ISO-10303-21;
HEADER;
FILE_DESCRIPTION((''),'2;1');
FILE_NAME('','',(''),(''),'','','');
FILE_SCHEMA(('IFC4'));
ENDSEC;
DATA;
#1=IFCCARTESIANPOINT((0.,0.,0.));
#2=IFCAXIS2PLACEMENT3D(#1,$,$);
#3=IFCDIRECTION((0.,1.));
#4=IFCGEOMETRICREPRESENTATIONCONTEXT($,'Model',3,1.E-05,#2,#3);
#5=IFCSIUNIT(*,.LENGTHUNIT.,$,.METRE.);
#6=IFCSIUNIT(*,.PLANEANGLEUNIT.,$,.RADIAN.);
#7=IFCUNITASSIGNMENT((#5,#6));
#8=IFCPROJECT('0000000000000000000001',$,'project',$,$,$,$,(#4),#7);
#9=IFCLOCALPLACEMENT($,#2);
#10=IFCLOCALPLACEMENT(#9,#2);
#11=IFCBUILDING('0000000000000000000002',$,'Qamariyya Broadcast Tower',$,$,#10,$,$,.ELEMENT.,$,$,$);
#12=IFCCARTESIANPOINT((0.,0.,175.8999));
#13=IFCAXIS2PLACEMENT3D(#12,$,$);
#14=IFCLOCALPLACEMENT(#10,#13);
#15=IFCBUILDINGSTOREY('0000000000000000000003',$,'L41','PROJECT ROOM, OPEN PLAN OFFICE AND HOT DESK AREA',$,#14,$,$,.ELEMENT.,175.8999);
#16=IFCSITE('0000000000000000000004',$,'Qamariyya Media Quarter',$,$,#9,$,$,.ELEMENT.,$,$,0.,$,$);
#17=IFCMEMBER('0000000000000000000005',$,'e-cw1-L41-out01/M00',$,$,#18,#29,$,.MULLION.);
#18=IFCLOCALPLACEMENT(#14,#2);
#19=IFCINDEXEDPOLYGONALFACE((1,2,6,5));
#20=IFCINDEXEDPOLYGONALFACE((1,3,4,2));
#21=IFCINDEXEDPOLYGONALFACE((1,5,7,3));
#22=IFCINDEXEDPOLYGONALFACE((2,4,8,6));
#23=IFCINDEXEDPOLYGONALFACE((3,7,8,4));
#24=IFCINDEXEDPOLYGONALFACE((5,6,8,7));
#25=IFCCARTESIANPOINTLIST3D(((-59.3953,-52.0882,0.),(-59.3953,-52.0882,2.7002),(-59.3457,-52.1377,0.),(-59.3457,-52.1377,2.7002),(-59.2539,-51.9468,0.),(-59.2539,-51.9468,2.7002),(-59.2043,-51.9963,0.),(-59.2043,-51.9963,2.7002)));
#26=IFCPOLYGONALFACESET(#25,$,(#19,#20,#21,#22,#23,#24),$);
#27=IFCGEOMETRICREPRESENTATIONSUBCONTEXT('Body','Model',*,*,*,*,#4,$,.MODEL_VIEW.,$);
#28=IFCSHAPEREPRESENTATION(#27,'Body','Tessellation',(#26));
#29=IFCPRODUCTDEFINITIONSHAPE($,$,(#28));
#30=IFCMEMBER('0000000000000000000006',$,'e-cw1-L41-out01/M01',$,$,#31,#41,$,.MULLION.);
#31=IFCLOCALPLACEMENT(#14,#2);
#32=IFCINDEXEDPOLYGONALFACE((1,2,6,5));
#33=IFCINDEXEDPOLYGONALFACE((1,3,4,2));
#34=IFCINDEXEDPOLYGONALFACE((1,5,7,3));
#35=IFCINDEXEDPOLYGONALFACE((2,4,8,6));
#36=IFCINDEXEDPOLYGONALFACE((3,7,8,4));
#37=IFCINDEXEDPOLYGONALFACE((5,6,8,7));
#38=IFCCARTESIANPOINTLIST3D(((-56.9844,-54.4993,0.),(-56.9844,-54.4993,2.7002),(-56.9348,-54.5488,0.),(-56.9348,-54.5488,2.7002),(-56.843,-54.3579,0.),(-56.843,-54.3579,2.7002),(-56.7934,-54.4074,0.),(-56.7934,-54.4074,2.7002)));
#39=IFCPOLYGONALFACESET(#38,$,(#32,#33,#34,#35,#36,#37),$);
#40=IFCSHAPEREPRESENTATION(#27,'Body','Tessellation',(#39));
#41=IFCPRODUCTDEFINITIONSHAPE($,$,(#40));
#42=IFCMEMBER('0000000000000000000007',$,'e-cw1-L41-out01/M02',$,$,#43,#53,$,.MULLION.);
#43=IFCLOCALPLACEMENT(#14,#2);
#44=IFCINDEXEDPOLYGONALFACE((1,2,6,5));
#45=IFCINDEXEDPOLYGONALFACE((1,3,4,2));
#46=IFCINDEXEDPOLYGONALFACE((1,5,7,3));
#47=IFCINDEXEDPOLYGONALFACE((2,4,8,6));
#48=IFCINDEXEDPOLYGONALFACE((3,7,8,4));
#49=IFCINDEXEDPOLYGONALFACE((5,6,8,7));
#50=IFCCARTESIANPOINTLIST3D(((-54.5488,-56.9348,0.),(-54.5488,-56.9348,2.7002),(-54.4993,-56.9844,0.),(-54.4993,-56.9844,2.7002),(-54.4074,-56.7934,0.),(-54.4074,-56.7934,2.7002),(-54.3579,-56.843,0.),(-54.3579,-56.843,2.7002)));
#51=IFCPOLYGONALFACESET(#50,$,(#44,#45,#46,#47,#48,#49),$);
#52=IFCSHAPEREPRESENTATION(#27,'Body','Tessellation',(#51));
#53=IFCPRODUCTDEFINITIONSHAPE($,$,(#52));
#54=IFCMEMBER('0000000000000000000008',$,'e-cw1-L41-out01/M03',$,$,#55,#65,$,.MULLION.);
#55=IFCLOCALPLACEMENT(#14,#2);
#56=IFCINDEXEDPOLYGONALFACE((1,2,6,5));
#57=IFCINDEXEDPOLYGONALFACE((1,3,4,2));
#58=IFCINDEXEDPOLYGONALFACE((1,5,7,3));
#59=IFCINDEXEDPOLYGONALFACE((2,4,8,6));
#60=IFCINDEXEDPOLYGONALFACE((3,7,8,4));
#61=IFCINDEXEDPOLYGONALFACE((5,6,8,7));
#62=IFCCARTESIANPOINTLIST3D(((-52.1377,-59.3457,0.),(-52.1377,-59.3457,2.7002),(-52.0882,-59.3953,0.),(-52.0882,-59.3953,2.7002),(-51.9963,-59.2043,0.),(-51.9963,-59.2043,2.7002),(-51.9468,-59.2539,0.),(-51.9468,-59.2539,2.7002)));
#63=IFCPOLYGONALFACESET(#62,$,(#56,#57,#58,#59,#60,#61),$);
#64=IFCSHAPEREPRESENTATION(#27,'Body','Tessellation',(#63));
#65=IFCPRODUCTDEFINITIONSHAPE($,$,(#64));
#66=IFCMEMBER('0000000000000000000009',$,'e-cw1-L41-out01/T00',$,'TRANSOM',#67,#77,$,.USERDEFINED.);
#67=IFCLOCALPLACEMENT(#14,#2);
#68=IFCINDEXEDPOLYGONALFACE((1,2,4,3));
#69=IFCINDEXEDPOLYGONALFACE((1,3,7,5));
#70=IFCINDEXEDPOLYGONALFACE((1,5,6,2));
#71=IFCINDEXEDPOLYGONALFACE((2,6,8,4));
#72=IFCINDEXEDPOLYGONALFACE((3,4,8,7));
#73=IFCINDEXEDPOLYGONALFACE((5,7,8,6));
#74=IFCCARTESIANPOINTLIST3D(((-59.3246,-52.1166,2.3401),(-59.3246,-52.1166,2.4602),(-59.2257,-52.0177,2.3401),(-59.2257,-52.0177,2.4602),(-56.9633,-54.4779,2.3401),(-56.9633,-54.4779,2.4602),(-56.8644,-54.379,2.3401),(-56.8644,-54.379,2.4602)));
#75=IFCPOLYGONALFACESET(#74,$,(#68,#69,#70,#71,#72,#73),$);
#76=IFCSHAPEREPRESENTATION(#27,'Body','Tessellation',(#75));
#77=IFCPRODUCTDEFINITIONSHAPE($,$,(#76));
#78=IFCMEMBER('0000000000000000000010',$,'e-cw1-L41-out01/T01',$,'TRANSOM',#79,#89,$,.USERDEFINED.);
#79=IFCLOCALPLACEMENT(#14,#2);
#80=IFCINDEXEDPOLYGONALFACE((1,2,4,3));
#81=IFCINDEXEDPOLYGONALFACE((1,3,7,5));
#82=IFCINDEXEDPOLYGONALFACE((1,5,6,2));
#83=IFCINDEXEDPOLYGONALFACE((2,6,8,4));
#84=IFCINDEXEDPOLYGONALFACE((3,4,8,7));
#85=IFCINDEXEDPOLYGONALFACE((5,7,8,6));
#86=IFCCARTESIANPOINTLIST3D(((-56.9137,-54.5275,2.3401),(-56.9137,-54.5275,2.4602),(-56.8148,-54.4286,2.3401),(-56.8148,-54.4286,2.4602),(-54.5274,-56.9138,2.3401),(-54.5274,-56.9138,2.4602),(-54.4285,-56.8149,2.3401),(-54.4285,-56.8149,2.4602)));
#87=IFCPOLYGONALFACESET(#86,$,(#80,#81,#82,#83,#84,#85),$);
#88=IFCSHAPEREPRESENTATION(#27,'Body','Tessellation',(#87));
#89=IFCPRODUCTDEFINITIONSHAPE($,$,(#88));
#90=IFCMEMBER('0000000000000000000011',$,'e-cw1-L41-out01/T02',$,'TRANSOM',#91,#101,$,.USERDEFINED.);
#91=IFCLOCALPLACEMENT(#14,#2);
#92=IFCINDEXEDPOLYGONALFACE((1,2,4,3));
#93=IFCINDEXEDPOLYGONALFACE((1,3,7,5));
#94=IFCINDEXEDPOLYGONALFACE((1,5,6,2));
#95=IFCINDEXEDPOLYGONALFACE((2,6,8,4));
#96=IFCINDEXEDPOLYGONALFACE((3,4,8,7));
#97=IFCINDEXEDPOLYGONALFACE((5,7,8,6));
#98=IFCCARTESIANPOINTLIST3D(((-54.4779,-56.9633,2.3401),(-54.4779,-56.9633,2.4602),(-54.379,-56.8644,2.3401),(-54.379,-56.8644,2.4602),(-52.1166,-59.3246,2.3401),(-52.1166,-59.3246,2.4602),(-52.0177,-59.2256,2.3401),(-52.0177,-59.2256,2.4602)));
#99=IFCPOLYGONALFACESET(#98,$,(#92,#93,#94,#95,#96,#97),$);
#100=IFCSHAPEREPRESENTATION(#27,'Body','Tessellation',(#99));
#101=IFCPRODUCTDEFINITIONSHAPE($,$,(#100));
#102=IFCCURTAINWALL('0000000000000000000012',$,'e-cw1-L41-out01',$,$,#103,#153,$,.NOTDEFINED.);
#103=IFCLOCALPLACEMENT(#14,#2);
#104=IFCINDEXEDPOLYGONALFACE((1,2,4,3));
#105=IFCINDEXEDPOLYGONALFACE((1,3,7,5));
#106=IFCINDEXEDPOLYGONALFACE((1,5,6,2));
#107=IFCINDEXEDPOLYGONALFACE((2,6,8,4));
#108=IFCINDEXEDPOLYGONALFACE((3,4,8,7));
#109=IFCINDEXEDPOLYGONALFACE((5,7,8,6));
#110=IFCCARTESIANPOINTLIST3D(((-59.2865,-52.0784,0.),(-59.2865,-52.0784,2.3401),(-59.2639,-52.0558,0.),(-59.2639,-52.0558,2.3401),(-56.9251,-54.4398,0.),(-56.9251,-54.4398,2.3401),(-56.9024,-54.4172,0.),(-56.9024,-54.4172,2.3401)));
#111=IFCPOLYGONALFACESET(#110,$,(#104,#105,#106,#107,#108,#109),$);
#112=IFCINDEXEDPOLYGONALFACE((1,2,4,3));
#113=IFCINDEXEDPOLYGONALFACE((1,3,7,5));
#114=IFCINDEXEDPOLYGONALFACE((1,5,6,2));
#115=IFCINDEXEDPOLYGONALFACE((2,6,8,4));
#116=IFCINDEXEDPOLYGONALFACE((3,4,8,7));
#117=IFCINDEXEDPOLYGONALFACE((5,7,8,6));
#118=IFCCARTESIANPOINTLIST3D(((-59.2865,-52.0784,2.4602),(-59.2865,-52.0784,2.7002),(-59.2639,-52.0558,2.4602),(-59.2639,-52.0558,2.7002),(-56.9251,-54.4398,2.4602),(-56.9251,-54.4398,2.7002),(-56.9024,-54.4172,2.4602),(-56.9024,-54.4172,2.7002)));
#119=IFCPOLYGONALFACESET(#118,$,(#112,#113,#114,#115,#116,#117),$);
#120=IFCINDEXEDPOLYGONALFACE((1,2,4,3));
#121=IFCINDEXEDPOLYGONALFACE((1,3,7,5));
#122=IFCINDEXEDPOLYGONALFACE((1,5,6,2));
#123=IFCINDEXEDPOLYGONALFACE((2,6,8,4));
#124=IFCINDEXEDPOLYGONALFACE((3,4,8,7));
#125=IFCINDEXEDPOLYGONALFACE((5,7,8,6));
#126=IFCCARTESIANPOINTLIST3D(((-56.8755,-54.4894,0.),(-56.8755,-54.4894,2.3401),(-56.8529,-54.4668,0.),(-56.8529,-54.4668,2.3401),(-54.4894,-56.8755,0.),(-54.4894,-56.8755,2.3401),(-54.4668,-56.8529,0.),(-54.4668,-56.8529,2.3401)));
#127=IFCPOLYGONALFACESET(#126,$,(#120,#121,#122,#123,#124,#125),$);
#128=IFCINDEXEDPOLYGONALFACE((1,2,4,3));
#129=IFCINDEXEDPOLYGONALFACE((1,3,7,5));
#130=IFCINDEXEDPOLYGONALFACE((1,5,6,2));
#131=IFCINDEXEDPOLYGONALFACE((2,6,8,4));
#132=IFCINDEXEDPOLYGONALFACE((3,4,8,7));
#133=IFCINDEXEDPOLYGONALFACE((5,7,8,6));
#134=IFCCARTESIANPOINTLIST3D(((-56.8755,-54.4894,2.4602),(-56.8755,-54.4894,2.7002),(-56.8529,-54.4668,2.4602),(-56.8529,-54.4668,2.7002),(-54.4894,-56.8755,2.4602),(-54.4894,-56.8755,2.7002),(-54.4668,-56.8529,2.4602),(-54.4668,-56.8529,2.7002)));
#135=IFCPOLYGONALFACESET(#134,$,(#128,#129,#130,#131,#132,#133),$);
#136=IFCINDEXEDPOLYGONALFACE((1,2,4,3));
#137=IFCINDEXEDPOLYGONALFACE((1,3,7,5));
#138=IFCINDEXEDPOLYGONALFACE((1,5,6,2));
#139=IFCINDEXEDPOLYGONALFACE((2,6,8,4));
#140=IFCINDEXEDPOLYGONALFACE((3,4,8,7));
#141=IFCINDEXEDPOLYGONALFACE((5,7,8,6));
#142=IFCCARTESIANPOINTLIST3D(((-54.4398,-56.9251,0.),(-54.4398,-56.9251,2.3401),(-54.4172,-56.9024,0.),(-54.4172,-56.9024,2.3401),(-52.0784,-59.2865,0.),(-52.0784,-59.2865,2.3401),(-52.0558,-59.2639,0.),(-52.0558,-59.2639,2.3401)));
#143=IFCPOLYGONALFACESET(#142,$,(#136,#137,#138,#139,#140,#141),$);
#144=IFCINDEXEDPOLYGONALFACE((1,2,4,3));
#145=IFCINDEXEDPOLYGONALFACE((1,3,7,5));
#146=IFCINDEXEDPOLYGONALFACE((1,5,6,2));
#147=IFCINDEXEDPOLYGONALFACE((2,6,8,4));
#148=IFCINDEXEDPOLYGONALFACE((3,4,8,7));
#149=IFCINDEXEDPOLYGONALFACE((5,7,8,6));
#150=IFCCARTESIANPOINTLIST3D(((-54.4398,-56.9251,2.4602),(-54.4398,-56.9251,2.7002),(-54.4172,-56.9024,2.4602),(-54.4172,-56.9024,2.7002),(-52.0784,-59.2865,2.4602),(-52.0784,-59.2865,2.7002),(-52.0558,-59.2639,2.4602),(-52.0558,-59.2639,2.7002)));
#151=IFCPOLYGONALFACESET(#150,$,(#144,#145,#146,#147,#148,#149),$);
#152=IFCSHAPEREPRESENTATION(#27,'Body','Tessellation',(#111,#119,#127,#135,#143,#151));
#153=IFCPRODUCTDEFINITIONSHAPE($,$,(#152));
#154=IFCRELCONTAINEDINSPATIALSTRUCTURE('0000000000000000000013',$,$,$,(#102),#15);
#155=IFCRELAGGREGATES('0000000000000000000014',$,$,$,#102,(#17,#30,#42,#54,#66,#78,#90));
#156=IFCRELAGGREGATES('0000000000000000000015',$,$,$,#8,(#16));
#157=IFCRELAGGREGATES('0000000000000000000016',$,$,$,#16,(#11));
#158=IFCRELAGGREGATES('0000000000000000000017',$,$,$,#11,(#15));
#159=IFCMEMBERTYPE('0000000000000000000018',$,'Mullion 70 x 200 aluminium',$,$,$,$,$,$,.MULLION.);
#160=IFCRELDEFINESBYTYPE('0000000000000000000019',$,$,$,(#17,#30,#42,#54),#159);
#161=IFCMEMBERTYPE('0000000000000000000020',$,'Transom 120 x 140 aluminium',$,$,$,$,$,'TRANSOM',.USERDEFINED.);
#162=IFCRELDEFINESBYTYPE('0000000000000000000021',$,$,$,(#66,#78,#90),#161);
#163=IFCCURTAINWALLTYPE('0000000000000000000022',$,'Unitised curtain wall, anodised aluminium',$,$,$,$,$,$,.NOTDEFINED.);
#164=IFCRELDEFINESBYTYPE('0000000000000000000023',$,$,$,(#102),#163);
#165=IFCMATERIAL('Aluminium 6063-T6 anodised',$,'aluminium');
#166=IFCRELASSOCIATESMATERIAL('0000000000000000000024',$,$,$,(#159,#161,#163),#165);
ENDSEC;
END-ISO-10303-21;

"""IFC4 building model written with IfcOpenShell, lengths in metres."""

from ifc_helpers import new_model, si_unit, direction, frame, origin, origin_2d, place, context, subcontext, project, spatial, rectangle, extrude, material, material_profile, profile_set, type_object, element, aggregate, save


model = new_model("IFC4")

# Units and contexts
model_context = context("Model", 3, precision=1e-05, world=origin(), true_north=direction((0.0, 1.0)))
body_context = subcontext(model_context, "Body", "Model", "MODEL_VIEW")
ifc_project = project(units=[si_unit("LENGTHUNIT", "METRE"), si_unit("PLANEANGLEUNIT", "RADIAN")], contexts=[model_context])

# Members
ifc_material_1 = material(Name="Aluminium 6063-T6 anodised", Category="aluminium")
ifc_material_profile_1 = material_profile(ifc_material_1, rectangle(XDim=0.2, YDim=0.0701, at=origin_2d()))
ifc_profile_set_1 = profile_set([ifc_material_profile_1], Name="Aluminium 6063-T6 anodised")
member_type_1 = type_object("IfcMemberType", Name="Mullion 70 x 200 aluminium", PredefinedType="MULLION", material=ifc_profile_set_1)
site_placement = place(None, origin())
building_placement = place(site_placement, origin())
storey_placement = place(building_placement, frame((0.0, 0.0, 175.8999)))
member_1_placement = place(storey_placement, frame((-59.2998, -52.0422, 0.0), z_axis=(0.0, 0.0, 1.0), x_axis=(0.707107, 0.707107, 0.0)))
member_1 = element("IfcMember", 1, at=member_1_placement, type_object=member_type_1, Name="e-cw1-L41-out01/M00", PredefinedType="MULLION", context=body_context, shape_type="SweptSolid", body=[
    extrude(rectangle(XDim=0.2, YDim=0.0701, at=origin_2d()), origin(), (0.0, 0.0, 1.0), 2.7002),
])
member_2_placement = place(storey_placement, frame((-56.8889, -54.4534, 0.0), z_axis=(0.0, 0.0, 1.0), x_axis=(0.707107, 0.707107, 0.0)))
member_2 = element("IfcMember", 2, at=member_2_placement, type_object=member_type_1, Name="e-cw1-L41-out01/M01", PredefinedType="MULLION", context=body_context, shape_type="SweptSolid", body=[
    extrude(rectangle(XDim=0.2, YDim=0.0701, at=origin_2d()), origin(), (0.0, 0.0, 1.0), 2.7002),
])
member_3_placement = place(storey_placement, frame((-54.4534, -56.8889, 0.0), z_axis=(0.0, 0.0, 1.0), x_axis=(0.707107, 0.707107, 0.0)))
member_3 = element("IfcMember", 3, at=member_3_placement, type_object=member_type_1, Name="e-cw1-L41-out01/M02", PredefinedType="MULLION", context=body_context, shape_type="SweptSolid", body=[
    extrude(rectangle(XDim=0.2, YDim=0.0701, at=origin_2d()), origin(), (0.0, 0.0, 1.0), 2.7002),
])
member_4_placement = place(storey_placement, frame((-52.0422, -59.2998, 0.0), z_axis=(0.0, 0.0, 1.0), x_axis=(0.707107, 0.707107, 0.0)))
member_4 = element("IfcMember", 4, at=member_4_placement, type_object=member_type_1, Name="e-cw1-L41-out01/M03", PredefinedType="MULLION", context=body_context, shape_type="SweptSolid", body=[
    extrude(rectangle(XDim=0.2, YDim=0.0701, at=origin_2d()), origin(), (0.0, 0.0, 1.0), 2.7002),
])
ifc_material_profile_2 = material_profile(ifc_material_1, rectangle(XDim=0.1399, YDim=0.1201, at=origin_2d()))
ifc_profile_set_2 = profile_set([ifc_material_profile_2], Name="Aluminium 6063-T6 anodised")
member_type_2 = type_object("IfcMemberType", Name="Transom 120 x 140 aluminium", ElementType="TRANSOM", PredefinedType="USERDEFINED", material=ifc_profile_set_2)
member_5_placement = place(storey_placement, frame((-59.2751, -52.0671, 2.4001), z_axis=(0.707107, -0.707107, 0.0), x_axis=(0.707107, 0.707107, 0.0)))
member_5 = element("IfcMember", 5, at=member_5_placement, type_object=member_type_2, Name="e-cw1-L41-out01/T00", ObjectType="TRANSOM", PredefinedType="USERDEFINED", context=body_context, shape_type="SweptSolid", body=[
    extrude(rectangle(XDim=0.1399, YDim=0.1201, at=origin_2d()), origin(), (0.0, 0.0, 1.0), 3.3394),
])
member_6_placement = place(storey_placement, frame((-56.8643, -54.478, 2.4001), z_axis=(0.707107, -0.707107, 0.0), x_axis=(0.707107, 0.707107, 0.0)))
member_6 = element("IfcMember", 6, at=member_6_placement, type_object=member_type_2, Name="e-cw1-L41-out01/T01", ObjectType="TRANSOM", PredefinedType="USERDEFINED", context=body_context, shape_type="SweptSolid", body=[
    extrude(rectangle(XDim=0.1399, YDim=0.1201, at=origin_2d()), origin(), (0.0, 0.0, 1.0), 3.3748),
])
member_7_placement = place(storey_placement, frame((-54.4285, -56.9138, 2.4001), z_axis=(0.707107, -0.707107, 0.0), x_axis=(0.707107, 0.707107, 0.0)))
member_7 = element("IfcMember", 7, at=member_7_placement, type_object=member_type_2, Name="e-cw1-L41-out01/T02", ObjectType="TRANSOM", PredefinedType="USERDEFINED", context=body_context, shape_type="SweptSolid", body=[
    extrude(rectangle(XDim=0.1399, YDim=0.1201, at=origin_2d()), origin(), (0.0, 0.0, 1.0), 3.3394),
])

# Site, building, storey
site = spatial("IfcSite", under=ifc_project, at=site_placement, Name="Qamariyya Media Quarter", CompositionType="ELEMENT", RefElevation=0.0)
building = spatial("IfcBuilding", under=site, at=building_placement, Name="Qamariyya Broadcast Tower", CompositionType="ELEMENT")
storey = spatial("IfcBuildingStorey", under=building, at=storey_placement, Name="L41", Description="PROJECT ROOM, OPEN PLAN OFFICE AND HOT DESK AREA", CompositionType="ELEMENT", Elevation=175.8999)

# Curtain wall
curtain_wall_type = type_object("IfcCurtainWallType", Name="Unitised curtain wall, anodised aluminium", PredefinedType="NOTDEFINED", material=ifc_material_1)
curtain_wall_1_placement = place(storey_placement, origin())
curtain_wall_1 = element("IfcCurtainWall", 8, at=curtain_wall_1_placement, inside=storey, type_object=curtain_wall_type, Name="e-cw1-L41-out01", PredefinedType="NOTDEFINED", context=body_context, shape_type="SweptSolid", body=[
    extrude(rectangle(XDim=3.3396, YDim=0.032, at=origin_2d()), frame((-58.0945, -53.2478, 0.0), x_axis=(0.707107, -0.707107, 0.0)), (0.0, 0.0, 1.0), 2.3401),
    extrude(rectangle(XDim=3.3396, YDim=0.032, at=origin_2d()), frame((-58.0945, -53.2478, 2.4602), x_axis=(0.707107, -0.707107, 0.0)), (0.0, 0.0, 1.0), 0.24),
    extrude(rectangle(XDim=3.3745, YDim=0.032, at=origin_2d()), frame((-55.6711, -55.6711, 0.0), x_axis=(0.707107, -0.707107, 0.0)), (0.0, 0.0, 1.0), 2.3401),
    extrude(rectangle(XDim=3.3745, YDim=0.032, at=origin_2d()), frame((-55.6711, -55.6711, 2.4602), x_axis=(0.707107, -0.707107, 0.0)), (0.0, 0.0, 1.0), 0.24),
    extrude(rectangle(XDim=3.3396, YDim=0.032, at=origin_2d()), frame((-53.2478, -58.0945, 0.0), x_axis=(0.707107, -0.707107, 0.0)), (0.0, 0.0, 1.0), 2.3401),
    extrude(rectangle(XDim=3.3396, YDim=0.032, at=origin_2d()), frame((-53.2478, -58.0945, 2.4602), x_axis=(0.707107, -0.707107, 0.0)), (0.0, 0.0, 1.0), 0.24),
])
aggregate(curtain_wall_1, [member_1, member_2, member_3, member_4, member_5, member_6, member_7])

save(model, "model.ifc")
